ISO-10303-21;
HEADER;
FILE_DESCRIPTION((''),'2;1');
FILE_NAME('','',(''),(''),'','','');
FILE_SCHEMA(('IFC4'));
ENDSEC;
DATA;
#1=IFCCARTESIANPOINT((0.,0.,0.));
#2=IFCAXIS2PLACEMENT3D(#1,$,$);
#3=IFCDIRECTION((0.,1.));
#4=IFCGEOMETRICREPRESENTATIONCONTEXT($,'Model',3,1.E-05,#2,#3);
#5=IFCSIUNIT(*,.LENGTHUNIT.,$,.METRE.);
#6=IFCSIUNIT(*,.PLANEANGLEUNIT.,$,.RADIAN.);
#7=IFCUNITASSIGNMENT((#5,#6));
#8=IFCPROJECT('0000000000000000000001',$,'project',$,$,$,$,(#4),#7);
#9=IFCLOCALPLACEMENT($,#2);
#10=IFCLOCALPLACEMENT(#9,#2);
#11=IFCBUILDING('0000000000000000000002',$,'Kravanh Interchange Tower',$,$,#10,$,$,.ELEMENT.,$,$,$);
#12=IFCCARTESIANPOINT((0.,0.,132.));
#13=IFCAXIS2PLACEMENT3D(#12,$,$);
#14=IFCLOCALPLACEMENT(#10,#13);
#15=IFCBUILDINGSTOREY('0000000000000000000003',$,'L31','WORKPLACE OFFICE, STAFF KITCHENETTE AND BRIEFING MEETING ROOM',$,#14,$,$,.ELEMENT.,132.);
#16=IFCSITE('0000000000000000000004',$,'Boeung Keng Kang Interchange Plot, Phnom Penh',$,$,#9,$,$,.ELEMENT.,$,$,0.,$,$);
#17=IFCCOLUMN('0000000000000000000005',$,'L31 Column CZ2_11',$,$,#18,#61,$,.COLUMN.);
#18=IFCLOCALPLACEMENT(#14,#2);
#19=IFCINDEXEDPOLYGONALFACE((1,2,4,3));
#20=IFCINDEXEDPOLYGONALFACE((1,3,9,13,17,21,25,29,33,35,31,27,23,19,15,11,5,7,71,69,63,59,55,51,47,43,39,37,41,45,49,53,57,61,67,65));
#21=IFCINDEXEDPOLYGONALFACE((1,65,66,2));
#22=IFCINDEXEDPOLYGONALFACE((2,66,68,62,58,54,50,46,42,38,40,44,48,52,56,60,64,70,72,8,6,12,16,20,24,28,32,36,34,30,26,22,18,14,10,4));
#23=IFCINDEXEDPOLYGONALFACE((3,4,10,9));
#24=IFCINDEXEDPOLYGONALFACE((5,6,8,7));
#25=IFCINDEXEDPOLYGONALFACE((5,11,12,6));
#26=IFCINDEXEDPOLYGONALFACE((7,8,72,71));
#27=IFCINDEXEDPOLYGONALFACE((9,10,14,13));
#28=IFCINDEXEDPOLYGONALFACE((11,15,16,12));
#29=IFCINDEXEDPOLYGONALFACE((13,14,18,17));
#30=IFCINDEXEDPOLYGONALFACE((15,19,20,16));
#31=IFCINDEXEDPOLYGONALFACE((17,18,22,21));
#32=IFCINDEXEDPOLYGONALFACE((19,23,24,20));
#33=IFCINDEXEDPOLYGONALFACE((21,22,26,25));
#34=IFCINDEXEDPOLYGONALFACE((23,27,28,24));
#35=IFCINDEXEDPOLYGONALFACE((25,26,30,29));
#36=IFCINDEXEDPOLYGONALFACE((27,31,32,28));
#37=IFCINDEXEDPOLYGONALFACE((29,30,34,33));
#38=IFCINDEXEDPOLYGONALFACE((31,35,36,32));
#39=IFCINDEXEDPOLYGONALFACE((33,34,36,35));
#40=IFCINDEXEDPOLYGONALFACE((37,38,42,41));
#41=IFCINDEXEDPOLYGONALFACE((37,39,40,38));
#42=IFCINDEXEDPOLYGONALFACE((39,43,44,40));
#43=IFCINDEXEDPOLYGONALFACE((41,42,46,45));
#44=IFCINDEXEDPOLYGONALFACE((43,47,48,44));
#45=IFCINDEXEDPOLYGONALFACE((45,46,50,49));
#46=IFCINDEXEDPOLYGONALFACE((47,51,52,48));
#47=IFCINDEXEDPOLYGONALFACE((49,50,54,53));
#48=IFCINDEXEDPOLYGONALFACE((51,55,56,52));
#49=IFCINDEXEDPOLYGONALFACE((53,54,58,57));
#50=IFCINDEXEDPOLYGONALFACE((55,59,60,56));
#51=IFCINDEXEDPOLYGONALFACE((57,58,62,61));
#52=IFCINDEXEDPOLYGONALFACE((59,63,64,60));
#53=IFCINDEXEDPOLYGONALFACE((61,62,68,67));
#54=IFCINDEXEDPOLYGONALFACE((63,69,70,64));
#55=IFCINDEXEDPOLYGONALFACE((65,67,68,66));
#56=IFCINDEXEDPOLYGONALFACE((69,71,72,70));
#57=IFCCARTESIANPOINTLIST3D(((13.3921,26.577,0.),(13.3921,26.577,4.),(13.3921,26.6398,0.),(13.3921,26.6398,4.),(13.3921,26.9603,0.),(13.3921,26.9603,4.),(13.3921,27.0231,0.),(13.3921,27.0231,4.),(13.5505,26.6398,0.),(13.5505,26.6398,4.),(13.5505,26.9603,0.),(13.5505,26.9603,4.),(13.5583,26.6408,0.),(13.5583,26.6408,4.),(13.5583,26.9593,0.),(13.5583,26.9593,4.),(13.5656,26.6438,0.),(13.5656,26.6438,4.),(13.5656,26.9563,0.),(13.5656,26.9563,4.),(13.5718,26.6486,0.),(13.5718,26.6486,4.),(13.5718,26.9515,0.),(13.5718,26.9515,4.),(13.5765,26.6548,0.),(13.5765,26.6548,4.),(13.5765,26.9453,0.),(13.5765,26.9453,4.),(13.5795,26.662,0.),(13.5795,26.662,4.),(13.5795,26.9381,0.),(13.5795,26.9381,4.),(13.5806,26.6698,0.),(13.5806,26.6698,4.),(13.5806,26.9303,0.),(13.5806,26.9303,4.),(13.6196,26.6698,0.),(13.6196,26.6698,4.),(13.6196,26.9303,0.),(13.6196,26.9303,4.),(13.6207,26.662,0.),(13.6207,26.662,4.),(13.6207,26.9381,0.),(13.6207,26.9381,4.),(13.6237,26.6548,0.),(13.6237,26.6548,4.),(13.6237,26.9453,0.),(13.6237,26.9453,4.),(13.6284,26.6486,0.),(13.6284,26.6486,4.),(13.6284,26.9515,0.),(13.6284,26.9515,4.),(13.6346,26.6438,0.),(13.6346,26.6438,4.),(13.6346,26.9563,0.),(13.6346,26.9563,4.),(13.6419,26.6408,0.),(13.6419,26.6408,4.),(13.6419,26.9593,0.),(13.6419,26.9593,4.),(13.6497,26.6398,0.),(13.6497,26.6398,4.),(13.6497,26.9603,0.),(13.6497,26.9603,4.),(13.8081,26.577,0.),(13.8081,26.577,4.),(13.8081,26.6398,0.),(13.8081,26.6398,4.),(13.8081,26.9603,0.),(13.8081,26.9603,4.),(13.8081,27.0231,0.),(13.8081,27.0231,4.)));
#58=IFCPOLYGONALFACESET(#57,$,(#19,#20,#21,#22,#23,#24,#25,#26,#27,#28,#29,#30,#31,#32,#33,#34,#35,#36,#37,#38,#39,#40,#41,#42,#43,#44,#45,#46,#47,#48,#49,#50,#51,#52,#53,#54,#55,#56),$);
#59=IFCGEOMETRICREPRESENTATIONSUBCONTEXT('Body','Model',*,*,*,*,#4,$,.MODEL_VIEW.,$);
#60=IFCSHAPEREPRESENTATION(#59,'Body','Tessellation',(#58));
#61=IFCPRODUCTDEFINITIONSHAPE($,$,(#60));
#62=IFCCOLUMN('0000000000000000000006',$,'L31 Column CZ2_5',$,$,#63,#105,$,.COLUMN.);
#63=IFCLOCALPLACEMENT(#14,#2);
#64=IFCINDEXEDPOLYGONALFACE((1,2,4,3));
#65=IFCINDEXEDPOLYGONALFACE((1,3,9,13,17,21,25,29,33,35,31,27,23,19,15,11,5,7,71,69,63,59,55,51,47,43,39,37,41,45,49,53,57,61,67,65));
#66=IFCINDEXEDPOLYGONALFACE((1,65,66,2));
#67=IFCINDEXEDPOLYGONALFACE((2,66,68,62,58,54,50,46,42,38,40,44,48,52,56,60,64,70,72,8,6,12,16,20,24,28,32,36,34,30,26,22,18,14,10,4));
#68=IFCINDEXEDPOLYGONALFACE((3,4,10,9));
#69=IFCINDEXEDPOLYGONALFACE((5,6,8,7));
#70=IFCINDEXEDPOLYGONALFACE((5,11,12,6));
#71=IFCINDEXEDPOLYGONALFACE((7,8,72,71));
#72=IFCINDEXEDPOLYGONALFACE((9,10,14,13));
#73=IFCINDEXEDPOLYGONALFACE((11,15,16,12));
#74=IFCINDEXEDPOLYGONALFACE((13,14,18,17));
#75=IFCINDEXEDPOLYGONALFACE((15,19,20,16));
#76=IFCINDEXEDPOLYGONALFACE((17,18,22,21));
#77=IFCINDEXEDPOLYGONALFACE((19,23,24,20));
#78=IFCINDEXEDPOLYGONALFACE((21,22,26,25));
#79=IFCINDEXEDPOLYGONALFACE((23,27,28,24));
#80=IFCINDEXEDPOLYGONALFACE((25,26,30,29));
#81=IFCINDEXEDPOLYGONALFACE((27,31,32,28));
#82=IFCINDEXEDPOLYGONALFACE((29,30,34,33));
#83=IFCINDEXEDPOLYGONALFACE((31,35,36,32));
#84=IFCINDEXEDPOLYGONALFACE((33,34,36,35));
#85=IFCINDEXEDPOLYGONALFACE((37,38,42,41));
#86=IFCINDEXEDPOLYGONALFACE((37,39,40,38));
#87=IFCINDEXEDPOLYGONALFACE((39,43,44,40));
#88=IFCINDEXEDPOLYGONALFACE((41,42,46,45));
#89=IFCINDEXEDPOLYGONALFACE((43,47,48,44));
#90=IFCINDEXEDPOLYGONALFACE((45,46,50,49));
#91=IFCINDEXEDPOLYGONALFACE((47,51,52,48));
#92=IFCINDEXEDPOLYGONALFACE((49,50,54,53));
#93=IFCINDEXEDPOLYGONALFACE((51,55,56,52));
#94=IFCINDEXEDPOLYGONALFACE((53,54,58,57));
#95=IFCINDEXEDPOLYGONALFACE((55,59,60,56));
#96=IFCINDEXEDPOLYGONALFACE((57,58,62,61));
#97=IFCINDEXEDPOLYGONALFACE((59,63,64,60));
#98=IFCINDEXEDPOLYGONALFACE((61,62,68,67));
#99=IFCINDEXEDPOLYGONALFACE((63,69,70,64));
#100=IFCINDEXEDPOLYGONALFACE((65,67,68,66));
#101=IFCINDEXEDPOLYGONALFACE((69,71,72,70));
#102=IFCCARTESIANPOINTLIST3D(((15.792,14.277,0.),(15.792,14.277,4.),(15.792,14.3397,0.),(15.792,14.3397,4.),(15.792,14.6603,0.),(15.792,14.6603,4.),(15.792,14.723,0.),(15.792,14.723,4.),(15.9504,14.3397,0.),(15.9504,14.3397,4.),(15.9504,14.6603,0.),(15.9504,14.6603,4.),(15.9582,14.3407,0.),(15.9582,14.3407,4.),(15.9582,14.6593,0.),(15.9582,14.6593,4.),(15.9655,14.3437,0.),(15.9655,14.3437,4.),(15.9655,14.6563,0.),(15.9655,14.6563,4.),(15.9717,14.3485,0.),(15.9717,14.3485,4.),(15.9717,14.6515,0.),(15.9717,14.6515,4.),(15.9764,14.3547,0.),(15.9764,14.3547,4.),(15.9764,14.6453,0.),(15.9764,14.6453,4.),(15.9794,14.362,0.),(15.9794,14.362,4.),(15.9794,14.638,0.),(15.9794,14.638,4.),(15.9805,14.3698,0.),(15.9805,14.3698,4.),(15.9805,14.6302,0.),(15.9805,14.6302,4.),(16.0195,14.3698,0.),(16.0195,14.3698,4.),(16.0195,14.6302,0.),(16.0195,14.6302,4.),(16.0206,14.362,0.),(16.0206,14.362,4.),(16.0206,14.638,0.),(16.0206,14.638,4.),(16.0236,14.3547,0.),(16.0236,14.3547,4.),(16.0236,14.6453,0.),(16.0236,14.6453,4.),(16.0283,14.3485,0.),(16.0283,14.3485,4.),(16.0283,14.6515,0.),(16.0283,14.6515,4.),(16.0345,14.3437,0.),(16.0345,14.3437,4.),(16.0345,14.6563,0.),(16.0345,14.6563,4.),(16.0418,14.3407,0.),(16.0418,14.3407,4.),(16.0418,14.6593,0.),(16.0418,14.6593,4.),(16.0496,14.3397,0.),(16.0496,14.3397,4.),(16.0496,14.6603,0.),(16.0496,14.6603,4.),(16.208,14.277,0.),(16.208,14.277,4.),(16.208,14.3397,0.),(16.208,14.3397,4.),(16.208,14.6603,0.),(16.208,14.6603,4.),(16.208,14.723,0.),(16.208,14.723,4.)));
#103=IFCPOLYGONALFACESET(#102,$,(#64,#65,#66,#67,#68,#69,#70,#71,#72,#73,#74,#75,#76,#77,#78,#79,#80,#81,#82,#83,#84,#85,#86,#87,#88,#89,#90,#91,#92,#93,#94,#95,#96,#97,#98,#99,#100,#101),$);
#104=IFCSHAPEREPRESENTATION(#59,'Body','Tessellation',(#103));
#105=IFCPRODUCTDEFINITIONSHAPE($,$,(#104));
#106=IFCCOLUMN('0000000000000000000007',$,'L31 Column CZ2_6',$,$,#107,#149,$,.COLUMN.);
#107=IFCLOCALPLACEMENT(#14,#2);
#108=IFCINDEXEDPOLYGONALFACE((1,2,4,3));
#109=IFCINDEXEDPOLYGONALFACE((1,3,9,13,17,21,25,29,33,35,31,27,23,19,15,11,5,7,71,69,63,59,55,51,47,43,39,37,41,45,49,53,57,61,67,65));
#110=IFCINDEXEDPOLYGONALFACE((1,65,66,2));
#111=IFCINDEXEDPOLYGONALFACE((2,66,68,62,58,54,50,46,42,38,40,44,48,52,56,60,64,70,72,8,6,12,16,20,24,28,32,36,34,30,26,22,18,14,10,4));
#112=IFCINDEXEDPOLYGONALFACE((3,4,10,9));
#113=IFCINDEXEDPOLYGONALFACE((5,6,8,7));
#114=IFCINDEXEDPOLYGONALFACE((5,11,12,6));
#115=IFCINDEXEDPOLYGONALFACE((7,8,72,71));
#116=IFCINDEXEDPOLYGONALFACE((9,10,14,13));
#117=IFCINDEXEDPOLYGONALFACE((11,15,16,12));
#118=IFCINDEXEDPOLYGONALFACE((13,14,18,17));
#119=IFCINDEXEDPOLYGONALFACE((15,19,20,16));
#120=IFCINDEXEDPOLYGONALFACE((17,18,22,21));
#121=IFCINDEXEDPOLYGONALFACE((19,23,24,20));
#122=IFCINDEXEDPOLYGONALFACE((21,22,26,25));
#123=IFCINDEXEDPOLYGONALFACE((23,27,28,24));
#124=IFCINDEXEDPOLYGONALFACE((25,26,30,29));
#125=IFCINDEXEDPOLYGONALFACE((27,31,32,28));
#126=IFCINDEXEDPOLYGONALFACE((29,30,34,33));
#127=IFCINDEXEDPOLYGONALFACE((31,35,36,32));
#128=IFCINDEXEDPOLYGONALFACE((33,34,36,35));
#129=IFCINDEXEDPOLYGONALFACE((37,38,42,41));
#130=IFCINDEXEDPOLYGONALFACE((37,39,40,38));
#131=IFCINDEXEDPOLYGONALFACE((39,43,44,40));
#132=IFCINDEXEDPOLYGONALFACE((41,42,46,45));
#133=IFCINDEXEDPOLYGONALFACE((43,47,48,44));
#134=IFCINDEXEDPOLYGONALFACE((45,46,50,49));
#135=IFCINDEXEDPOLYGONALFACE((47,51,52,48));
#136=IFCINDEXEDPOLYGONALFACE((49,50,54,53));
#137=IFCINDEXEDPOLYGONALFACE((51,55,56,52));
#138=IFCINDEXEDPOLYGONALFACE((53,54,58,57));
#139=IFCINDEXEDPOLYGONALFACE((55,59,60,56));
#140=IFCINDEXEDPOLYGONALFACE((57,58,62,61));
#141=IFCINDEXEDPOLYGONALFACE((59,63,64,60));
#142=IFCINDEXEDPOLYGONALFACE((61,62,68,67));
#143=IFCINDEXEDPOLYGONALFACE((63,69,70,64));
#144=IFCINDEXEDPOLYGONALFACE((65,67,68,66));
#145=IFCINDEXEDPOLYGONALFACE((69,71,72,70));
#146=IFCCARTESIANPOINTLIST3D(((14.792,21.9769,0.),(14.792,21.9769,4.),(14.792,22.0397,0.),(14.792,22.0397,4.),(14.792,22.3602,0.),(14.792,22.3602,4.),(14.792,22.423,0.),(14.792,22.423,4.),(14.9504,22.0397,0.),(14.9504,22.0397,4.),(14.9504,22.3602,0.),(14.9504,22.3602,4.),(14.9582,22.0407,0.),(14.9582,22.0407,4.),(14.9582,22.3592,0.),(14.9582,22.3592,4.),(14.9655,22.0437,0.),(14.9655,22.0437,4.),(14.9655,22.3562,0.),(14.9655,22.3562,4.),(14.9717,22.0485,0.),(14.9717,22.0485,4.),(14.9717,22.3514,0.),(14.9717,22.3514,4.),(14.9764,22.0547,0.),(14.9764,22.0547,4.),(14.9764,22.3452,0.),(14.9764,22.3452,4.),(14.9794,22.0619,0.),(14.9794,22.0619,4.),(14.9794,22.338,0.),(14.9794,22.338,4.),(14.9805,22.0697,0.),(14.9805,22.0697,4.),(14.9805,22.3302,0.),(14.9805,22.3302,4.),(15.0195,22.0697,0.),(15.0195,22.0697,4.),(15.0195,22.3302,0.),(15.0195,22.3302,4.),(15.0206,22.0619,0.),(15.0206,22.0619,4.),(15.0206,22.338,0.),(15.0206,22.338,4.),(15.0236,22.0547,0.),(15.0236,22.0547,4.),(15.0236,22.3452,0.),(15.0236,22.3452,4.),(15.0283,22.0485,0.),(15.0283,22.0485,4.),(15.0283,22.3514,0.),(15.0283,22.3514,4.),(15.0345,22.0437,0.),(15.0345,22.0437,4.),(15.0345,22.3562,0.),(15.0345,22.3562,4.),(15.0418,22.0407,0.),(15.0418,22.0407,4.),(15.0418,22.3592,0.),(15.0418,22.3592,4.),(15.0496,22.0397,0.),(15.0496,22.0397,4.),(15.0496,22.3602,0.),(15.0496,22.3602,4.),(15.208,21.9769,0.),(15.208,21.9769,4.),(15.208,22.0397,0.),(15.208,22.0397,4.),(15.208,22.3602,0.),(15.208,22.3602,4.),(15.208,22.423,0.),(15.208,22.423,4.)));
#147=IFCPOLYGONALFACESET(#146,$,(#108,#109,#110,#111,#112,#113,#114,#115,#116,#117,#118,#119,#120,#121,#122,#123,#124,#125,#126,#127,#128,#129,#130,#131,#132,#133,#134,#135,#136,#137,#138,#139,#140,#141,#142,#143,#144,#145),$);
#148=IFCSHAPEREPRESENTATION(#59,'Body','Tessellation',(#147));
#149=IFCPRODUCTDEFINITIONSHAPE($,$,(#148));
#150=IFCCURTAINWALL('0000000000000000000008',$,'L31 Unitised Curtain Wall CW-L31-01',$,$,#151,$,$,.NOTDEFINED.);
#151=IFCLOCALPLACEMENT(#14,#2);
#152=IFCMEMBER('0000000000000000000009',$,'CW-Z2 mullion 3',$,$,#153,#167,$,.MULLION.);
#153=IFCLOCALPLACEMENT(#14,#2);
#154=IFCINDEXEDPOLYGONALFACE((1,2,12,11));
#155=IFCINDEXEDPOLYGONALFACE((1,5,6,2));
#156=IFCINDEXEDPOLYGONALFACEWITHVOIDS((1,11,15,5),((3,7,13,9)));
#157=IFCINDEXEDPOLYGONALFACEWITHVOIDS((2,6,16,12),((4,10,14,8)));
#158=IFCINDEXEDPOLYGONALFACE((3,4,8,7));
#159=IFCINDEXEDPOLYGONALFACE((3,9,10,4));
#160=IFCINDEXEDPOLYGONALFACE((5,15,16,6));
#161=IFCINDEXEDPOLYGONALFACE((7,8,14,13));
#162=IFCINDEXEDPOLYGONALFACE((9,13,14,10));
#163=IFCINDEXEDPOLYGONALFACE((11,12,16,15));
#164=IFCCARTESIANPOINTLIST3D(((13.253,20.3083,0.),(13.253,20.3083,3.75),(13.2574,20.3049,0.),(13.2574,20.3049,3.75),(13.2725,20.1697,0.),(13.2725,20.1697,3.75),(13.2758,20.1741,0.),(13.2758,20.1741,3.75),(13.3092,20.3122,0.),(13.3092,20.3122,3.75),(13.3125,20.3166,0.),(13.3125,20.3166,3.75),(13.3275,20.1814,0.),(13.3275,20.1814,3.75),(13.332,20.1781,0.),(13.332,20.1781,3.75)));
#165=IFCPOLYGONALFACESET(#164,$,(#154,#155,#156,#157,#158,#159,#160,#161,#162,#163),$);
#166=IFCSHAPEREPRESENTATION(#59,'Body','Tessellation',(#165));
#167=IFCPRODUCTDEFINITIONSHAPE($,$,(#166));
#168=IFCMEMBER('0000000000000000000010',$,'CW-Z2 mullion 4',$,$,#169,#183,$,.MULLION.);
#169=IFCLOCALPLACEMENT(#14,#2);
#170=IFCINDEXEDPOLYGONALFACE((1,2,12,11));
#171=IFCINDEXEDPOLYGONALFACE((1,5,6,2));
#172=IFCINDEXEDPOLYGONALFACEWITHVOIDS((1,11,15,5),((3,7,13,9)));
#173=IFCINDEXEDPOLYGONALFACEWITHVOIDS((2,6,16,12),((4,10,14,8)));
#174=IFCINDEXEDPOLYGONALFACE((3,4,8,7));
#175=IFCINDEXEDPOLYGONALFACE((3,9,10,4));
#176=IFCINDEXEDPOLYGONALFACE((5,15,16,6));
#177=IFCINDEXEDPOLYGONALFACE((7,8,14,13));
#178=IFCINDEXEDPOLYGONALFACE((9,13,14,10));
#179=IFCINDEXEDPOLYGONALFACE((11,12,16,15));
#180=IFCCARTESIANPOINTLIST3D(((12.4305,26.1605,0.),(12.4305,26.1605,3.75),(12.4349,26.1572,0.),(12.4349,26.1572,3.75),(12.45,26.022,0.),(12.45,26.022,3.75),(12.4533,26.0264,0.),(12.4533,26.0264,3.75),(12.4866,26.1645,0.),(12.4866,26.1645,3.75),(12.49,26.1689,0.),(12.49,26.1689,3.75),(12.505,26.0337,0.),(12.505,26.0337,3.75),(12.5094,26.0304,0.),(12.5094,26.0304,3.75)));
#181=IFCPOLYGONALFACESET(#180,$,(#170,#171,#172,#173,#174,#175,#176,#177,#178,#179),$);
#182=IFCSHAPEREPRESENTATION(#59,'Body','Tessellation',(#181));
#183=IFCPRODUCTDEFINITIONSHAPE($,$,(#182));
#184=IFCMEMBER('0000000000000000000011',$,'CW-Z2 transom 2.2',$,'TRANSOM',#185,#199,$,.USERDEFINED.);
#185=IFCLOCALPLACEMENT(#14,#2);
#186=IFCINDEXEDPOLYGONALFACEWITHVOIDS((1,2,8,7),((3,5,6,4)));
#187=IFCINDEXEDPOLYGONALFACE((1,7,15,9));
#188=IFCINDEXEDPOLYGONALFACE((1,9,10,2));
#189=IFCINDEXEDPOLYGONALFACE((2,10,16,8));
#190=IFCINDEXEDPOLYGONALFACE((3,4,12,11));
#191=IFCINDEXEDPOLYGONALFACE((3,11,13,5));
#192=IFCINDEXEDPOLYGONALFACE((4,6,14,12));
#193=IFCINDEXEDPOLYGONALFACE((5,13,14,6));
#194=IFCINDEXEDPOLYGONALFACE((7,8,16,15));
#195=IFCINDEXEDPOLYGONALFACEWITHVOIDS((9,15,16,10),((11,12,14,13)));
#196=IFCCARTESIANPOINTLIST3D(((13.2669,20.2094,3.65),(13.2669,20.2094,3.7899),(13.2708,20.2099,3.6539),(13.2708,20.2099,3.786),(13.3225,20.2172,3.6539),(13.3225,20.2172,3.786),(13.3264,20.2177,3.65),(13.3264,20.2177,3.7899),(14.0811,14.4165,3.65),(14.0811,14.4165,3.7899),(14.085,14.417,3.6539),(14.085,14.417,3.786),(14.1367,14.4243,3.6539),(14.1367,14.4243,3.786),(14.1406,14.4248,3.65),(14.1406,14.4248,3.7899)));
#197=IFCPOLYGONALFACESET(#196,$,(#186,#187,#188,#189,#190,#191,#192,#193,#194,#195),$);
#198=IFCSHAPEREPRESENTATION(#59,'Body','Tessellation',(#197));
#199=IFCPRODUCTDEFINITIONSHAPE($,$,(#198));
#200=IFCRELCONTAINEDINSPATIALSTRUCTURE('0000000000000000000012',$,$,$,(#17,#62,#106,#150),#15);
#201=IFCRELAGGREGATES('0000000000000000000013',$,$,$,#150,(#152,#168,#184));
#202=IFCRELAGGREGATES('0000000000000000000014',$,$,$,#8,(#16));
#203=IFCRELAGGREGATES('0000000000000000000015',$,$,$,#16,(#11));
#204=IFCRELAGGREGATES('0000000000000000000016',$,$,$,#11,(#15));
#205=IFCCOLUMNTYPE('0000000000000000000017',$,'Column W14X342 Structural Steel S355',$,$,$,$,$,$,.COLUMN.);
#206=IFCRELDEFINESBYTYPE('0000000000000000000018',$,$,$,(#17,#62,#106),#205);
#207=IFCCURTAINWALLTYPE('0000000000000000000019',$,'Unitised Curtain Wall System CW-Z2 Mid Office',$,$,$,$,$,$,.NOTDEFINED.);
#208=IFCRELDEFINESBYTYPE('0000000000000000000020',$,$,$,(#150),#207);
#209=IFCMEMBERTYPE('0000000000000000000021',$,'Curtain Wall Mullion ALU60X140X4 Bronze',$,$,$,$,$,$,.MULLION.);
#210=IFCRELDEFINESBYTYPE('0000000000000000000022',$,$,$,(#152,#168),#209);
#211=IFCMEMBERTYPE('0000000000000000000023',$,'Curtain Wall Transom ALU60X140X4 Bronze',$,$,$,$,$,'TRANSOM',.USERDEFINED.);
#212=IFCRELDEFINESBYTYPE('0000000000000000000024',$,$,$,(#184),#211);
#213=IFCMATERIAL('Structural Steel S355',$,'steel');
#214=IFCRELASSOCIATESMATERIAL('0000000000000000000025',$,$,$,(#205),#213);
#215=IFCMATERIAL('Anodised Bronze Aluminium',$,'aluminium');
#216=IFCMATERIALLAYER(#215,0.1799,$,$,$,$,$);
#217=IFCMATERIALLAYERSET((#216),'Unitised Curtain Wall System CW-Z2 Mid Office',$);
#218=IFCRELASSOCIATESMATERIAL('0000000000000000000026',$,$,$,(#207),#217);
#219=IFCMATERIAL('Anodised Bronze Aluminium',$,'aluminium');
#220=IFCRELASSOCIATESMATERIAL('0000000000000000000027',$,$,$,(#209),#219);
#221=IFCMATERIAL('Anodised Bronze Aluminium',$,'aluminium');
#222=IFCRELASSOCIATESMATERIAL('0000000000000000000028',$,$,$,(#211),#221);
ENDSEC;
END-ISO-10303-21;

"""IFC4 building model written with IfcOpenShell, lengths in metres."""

from ifc_helpers import new_model, si_unit, direction, frame, origin, origin_2d, place, context, subcontext, project, spatial, hollow_rectangle, i_section, extrude, material, layer, layer_set, material_profile, profile_set, type_object, element, aggregate, save


model = new_model("IFC4")

# Units and contexts
model_context = context("Model", 3, precision=1e-05, world=origin(), true_north=direction((0.0, 1.0)))
body_context = subcontext(model_context, "Body", "Model", "MODEL_VIEW")
ifc_project = project(units=[si_unit("LENGTHUNIT", "METRE"), si_unit("PLANEANGLEUNIT", "RADIAN")], contexts=[model_context])

# Site, building, storey
site_placement = place(None, origin())
site = spatial("IfcSite", under=ifc_project, at=site_placement, Name="Boeung Keng Kang Interchange Plot, Phnom Penh", CompositionType="ELEMENT", RefElevation=0.0)
building_placement = place(site_placement, origin())
building = spatial("IfcBuilding", under=site, at=building_placement, Name="Kravanh Interchange Tower", CompositionType="ELEMENT")
storey_placement = place(building_placement, frame((0.0, 0.0, 132.0)))
storey = spatial("IfcBuildingStorey", under=building, at=storey_placement, Name="L31", Description="WORKPLACE OFFICE, STAFF KITCHENETTE AND BRIEFING MEETING ROOM", CompositionType="ELEMENT", Elevation=132.0)

# Columns
ifc_material_1 = material(Name="Structural Steel S355", Category="steel")
ifc_material_profile_1 = material_profile(ifc_material_1, i_section(OverallWidth=0.416, OverallDepth=0.446, WebThickness=0.0391, FlangeThickness=0.0627, FilletRadius=0.03, at=origin_2d()), Name="W14X342")
ifc_profile_set_1 = profile_set([ifc_material_profile_1], Name="Structural Steel S355")
column_type = type_object("IfcColumnType", Name="Column W14X342 Structural Steel S355", PredefinedType="COLUMN", material=ifc_profile_set_1)
for number, where, z_axis, x_axis, name in (
    (1, (13.6001, 26.8, 0.0), (0.0, 0.0, 1.0), (1.0, 0.0, 0.0), "L31 Column CZ2_11"),
    (2, (16.0, 14.5, 0.0), (0.0, 0.0, 1.0), (1.0, 0.0, 0.0), "L31 Column CZ2_5"),
    (3, (15.0, 22.2, 0.0), (0.0, 0.0, 1.0), (1.0, 0.0, 0.0), "L31 Column CZ2_6"),
):
    element("IfcColumn", number, at=place(storey_placement, frame(where, z_axis=z_axis, x_axis=x_axis)), inside=storey, type_object=column_type, Name=name, PredefinedType="COLUMN", context=body_context, shape_type="SweptSolid", body=[
        extrude(i_section(OverallWidth=0.416, OverallDepth=0.446, WebThickness=0.0391, FlangeThickness=0.0627, FilletRadius=0.03, at=origin_2d()), origin(), (0.0, 0.0, 1.0), 4.0),
    ])

# Curtain wall, members
ifc_material_2 = material(Name="Anodised Bronze Aluminium", Category="aluminium")
ifc_layer_1 = layer(ifc_material_2, 0.1799)
ifc_layer_set_1 = layer_set([ifc_layer_1], Name="Unitised Curtain Wall System CW-Z2 Mid Office")
curtain_wall_type = type_object("IfcCurtainWallType", Name="Unitised Curtain Wall System CW-Z2 Mid Office", PredefinedType="NOTDEFINED", material=ifc_layer_set_1)
curtain_wall_placement = place(storey_placement, origin())
curtain_wall = element("IfcCurtainWall", 4, at=curtain_wall_placement, inside=storey, type_object=curtain_wall_type, Name="L31 Unitised Curtain Wall CW-L31-01", PredefinedType="NOTDEFINED")
ifc_material_3 = material(Name="Anodised Bronze Aluminium", Category="aluminium")
ifc_material_profile_2 = material_profile(ifc_material_3, hollow_rectangle(XDim=0.0601, YDim=0.1399, WallThickness=0.0039, at=origin_2d()), Name="ALU60X140X4")
ifc_profile_set_2 = profile_set([ifc_material_profile_2], Name="Anodised Bronze Aluminium")
member_type_1 = type_object("IfcMemberType", Name="Curtain Wall Mullion ALU60X140X4 Bronze", PredefinedType="MULLION", material=ifc_profile_set_2)
member_1_placement = place(storey_placement, frame((13.2925, 20.2432, 0.0), z_axis=(0.0, 0.0, 1.0), x_axis=(-0.990268, -0.139173, 0.0)))
member_1 = element("IfcMember", 5, at=member_1_placement, type_object=member_type_1, Name="CW-Z2 mullion 3", PredefinedType="MULLION", context=body_context, shape_type="SweptSolid", body=[
    extrude(hollow_rectangle(XDim=0.0601, YDim=0.1399, WallThickness=0.0039, at=origin_2d()), origin(), (0.0, 0.0, 1.0), 3.75),
])
member_2_placement = place(storey_placement, frame((12.47, 26.0955, 0.0), z_axis=(0.0, 0.0, 1.0), x_axis=(-0.990268, -0.139173, 0.0)))
member_2 = element("IfcMember", 6, at=member_2_placement, type_object=member_type_1, Name="CW-Z2 mullion 4", PredefinedType="MULLION", context=body_context, shape_type="SweptSolid", body=[
    extrude(hollow_rectangle(XDim=0.0601, YDim=0.1399, WallThickness=0.0039, at=origin_2d()), origin(), (0.0, 0.0, 1.0), 3.75),
])
ifc_material_4 = material(Name="Anodised Bronze Aluminium", Category="aluminium")
ifc_material_profile_3 = material_profile(ifc_material_4, hollow_rectangle(XDim=0.0601, YDim=0.1399, WallThickness=0.0039, at=origin_2d()), Name="ALU60X140X4")
ifc_profile_set_3 = profile_set([ifc_material_profile_3], Name="Anodised Bronze Aluminium")
member_type_2 = type_object("IfcMemberType", Name="Curtain Wall Transom ALU60X140X4 Bronze", ElementType="TRANSOM", PredefinedType="USERDEFINED", material=ifc_profile_set_3)
member_3_placement = place(storey_placement, frame((14.1108, 14.4207, 3.72), z_axis=(-0.139183, 0.990267, 0.0), x_axis=(-0.990267, -0.139183, 0.0)))
member_3 = element("IfcMember", 7, at=member_3_placement, type_object=member_type_2, Name="CW-Z2 transom 2.2", ObjectType="TRANSOM", PredefinedType="USERDEFINED", context=body_context, shape_type="SweptSolid", body=[
    extrude(hollow_rectangle(XDim=0.0601, YDim=0.1399, WallThickness=0.0039, at=origin_2d()), origin(), (0.0, 0.0, 1.0), 5.8499),
])

aggregate(curtain_wall, [member_1, member_2, member_3])

save(model, "model.ifc")
